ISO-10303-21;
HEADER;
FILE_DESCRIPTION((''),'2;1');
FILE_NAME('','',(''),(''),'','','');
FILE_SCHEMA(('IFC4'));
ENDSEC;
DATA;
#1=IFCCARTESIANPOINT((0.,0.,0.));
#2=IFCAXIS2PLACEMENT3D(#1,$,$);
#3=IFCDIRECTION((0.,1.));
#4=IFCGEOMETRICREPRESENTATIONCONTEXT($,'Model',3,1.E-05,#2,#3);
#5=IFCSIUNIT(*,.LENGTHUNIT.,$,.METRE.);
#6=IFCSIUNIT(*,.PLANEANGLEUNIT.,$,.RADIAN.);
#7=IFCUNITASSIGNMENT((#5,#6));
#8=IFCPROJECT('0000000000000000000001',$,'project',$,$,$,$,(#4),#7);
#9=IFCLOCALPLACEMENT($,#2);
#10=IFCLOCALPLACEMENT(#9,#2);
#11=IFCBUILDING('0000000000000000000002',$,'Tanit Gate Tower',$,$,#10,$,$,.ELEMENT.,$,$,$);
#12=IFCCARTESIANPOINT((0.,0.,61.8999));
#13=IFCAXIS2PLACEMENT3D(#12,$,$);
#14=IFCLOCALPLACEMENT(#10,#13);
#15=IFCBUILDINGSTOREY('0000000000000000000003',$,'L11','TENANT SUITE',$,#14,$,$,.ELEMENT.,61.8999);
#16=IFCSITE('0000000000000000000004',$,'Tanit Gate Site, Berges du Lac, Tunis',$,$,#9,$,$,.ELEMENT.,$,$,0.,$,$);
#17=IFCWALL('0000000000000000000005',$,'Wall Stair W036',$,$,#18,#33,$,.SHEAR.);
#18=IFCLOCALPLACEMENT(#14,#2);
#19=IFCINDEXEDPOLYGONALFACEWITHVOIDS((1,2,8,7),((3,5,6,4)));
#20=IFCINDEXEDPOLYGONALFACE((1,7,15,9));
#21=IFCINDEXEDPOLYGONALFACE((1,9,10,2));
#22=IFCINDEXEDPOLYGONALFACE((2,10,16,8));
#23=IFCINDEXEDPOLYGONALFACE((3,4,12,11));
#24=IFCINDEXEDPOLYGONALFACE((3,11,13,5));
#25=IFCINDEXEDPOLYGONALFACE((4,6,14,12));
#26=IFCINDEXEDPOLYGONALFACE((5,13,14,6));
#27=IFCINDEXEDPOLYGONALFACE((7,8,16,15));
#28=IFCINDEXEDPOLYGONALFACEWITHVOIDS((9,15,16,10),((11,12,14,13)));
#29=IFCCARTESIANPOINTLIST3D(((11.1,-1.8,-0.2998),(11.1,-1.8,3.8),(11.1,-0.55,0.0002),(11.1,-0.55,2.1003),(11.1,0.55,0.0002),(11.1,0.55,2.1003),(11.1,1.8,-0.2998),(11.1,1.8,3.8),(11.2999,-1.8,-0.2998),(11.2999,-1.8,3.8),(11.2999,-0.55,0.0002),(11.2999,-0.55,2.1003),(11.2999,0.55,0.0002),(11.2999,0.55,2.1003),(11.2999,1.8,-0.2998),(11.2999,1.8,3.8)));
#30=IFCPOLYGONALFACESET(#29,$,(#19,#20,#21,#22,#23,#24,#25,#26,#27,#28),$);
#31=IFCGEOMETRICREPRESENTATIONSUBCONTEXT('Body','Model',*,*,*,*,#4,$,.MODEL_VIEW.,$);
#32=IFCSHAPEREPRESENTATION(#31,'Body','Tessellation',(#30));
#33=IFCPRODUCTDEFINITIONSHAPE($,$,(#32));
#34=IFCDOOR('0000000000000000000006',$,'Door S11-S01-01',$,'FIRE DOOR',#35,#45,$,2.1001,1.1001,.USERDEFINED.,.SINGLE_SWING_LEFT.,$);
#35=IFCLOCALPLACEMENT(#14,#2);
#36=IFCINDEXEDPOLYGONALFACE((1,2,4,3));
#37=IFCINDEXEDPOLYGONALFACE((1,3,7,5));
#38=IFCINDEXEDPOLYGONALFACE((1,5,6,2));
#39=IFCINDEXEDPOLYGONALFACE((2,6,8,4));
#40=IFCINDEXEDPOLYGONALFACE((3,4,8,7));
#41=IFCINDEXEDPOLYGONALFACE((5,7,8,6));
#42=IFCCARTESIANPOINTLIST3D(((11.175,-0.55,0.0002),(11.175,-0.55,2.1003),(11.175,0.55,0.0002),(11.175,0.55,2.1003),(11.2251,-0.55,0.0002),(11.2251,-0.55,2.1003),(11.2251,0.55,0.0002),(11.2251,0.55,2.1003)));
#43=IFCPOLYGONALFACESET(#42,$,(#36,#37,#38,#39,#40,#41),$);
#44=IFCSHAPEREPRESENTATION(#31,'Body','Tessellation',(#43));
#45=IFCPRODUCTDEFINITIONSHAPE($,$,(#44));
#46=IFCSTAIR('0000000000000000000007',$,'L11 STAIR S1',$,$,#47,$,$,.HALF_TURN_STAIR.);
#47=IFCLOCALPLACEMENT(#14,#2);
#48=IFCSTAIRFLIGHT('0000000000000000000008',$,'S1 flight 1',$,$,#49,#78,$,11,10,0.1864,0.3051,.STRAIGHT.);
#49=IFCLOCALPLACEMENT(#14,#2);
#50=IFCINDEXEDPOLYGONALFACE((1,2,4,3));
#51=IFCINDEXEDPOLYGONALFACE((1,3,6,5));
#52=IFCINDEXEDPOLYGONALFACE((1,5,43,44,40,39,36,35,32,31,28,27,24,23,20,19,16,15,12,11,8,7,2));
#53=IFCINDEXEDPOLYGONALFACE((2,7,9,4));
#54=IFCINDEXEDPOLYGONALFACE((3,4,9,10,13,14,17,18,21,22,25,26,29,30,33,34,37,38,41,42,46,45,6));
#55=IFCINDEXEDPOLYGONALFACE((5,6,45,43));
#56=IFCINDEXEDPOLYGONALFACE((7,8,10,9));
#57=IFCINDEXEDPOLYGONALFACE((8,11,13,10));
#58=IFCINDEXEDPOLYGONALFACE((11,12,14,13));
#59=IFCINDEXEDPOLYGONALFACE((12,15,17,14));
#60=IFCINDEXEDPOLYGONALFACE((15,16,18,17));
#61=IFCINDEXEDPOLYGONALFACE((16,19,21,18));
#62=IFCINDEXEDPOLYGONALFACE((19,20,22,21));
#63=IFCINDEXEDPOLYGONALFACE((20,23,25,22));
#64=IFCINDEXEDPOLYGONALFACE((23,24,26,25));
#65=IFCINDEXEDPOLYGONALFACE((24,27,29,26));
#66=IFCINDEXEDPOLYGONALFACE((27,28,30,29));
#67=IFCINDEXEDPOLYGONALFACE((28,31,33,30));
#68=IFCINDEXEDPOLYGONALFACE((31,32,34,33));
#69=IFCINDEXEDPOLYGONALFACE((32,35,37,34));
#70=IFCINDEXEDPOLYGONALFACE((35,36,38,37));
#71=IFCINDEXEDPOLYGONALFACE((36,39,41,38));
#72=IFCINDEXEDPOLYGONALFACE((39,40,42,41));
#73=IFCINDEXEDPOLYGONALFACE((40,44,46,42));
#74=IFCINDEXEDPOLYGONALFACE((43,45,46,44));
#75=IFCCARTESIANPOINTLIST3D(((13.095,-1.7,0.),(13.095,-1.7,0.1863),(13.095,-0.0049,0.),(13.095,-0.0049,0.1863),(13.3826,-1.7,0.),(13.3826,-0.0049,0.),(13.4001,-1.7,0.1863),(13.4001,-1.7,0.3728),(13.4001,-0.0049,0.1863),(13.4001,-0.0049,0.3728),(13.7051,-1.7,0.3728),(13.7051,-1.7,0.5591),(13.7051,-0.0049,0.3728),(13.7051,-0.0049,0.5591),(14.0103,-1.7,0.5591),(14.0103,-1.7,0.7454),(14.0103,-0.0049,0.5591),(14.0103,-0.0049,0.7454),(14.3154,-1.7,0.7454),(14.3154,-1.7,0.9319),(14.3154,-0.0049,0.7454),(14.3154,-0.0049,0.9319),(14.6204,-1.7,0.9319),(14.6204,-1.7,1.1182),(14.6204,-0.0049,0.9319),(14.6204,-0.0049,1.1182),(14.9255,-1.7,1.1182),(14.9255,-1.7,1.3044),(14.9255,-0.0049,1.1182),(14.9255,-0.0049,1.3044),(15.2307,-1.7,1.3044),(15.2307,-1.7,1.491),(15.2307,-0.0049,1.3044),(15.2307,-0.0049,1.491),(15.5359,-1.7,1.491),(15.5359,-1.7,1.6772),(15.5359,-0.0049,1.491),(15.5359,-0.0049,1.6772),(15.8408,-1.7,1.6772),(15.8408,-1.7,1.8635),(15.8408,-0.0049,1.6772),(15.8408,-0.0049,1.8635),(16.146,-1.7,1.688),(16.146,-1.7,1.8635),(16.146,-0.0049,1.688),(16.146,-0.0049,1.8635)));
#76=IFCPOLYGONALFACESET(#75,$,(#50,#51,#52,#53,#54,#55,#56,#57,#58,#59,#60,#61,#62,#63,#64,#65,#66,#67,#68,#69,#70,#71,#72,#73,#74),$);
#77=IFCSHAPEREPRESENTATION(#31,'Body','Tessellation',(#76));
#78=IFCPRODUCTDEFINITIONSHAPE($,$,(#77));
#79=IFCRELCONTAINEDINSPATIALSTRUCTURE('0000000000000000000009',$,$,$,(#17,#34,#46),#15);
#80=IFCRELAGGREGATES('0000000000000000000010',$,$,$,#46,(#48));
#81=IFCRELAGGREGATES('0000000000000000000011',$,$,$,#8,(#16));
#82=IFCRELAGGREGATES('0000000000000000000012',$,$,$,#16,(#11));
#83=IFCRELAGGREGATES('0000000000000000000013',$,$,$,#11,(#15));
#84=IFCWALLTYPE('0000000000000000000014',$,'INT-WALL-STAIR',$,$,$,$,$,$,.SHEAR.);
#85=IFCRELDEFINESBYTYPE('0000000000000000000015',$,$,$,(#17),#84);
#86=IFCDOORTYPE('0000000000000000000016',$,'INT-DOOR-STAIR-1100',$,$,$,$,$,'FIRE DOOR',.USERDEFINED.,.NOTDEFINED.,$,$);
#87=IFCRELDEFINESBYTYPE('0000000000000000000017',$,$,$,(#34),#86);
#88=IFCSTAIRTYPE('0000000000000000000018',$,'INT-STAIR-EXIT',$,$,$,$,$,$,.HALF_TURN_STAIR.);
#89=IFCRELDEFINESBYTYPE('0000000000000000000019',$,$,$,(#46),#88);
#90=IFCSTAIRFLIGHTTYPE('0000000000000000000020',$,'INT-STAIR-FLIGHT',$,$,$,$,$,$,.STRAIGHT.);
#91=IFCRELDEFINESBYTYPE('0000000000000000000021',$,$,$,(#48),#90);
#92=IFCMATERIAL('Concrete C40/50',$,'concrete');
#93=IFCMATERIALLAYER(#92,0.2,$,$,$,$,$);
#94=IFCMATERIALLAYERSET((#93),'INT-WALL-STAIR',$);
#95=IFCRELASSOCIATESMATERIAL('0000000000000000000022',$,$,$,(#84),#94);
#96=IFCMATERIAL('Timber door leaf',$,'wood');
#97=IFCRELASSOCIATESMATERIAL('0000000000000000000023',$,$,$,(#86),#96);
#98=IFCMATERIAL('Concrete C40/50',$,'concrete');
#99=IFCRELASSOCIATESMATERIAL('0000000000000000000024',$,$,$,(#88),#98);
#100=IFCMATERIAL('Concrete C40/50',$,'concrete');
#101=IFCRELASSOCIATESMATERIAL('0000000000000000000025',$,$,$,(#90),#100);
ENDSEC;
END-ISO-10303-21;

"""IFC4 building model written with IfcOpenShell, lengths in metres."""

from ifc_helpers import new_model, si_unit, direction, frame, frame_2d, origin, place, context, subcontext, project, spatial, polyline, rectangle, outline, extrude, material, layer, layer_set, type_object, element, fill, aggregate, save


model = new_model("IFC4")

# Units and contexts
model_context = context("Model", 3, precision=1e-05, world=origin(), true_north=direction((0.0, 1.0)))
body_context = subcontext(model_context, "Body", "Model", "MODEL_VIEW")
ifc_project = project(units=[si_unit("LENGTHUNIT", "METRE"), si_unit("PLANEANGLEUNIT", "RADIAN")], contexts=[model_context])

# Site, building, storey
site_placement = place(None, origin())
site = spatial("IfcSite", under=ifc_project, at=site_placement, Name="Tanit Gate Site, Berges du Lac, Tunis", CompositionType="ELEMENT", RefElevation=0.0)
building_placement = place(site_placement, origin())
building = spatial("IfcBuilding", under=site, at=building_placement, Name="Tanit Gate Tower", CompositionType="ELEMENT")
storey_placement = place(building_placement, frame((0.0, 0.0, 61.8999)))
storey = spatial("IfcBuildingStorey", under=building, at=storey_placement, Name="L11", Description="TENANT SUITE", CompositionType="ELEMENT", Elevation=61.8999)

# Shared definitions
ifc_material_1 = material(Name="Concrete C40/50", Category="concrete")
ifc_layer_1 = layer(ifc_material_1, 0.2)
ifc_layer_set_1 = layer_set([ifc_layer_1], Name="INT-WALL-STAIR")
wall_type_1 = type_object("IfcWallType", Name="INT-WALL-STAIR", PredefinedType="SHEAR", material=ifc_layer_set_1)

# Wall, opening, door
wall_1_placement = place(storey_placement, frame((11.2, -1.8, -0.2998), z_axis=(0.0, 0.0, 1.0), x_axis=(0.0, 1.0, 0.0)))
wall_1 = element("IfcWall", 1, at=wall_1_placement, inside=storey, type_object=wall_type_1, Name="Wall Stair W036", PredefinedType="SHEAR", context=body_context, shape_type="SweptSolid", body=[
    extrude(rectangle(XDim=3.6001, YDim=0.2, at=frame_2d((1.8, 0.0))), origin(), (0.0, 0.0, 1.0), 4.0999),
])
opening_1_placement = place(wall_1_placement, frame((1.25, 0.0, 0.3)))
opening_1 = element("IfcOpeningElement", 2, at=opening_1_placement, cuts=wall_1, PredefinedType="OPENING", context=body_context, shape_type="SweptSolid", body=[
    extrude(rectangle(XDim=1.1001, YDim=2.1001, at=frame_2d((0.55, 1.05))), frame((0.0, 0.1099, 0.0), z_axis=(0.0, -1.0, 0.0), x_axis=(1.0, 0.0, 0.0)), (0.0, 0.0, 1.0), 0.22),
])
ifc_material_2 = material(Name="Timber door leaf", Category="wood")
door_type_1 = type_object("IfcDoorType", Name="INT-DOOR-STAIR-1100", ElementType="FIRE DOOR", OperationType="NOTDEFINED", PredefinedType="USERDEFINED", material=ifc_material_2)
door_1_placement = place(opening_1_placement, origin())
door_1 = element("IfcDoor", 3, at=door_1_placement, inside=storey, type_object=door_type_1, Name="Door S11-S01-01", ObjectType="FIRE DOOR", OperationType="SINGLE_SWING_LEFT", OverallHeight=2.1001, OverallWidth=1.1001, PredefinedType="USERDEFINED", context=body_context, shape_type="SweptSolid", body=[
    extrude(rectangle(XDim=1.1001, YDim=2.1001, at=frame_2d((0.55, 1.05))), frame((0.0, 0.0249, 0.0), z_axis=(0.0, -1.0, 0.0), x_axis=(1.0, 0.0, 0.0)), (0.0, 0.0, 1.0), 0.05),
])
fill(opening_1, door_1)

# Stair, stair flight
ifc_material_3 = material(Name="Concrete C40/50", Category="concrete")
stair_type = type_object("IfcStairType", Name="INT-STAIR-EXIT", PredefinedType="HALF_TURN_STAIR", material=ifc_material_3)
stair_placement = place(storey_placement, origin())
stair = element("IfcStair", 4, at=stair_placement, inside=storey, type_object=stair_type, Name="L11 STAIR S1", PredefinedType="HALF_TURN_STAIR")
ifc_material_4 = material(Name="Concrete C40/50", Category="concrete")
stair_flight_type = type_object("IfcStairFlightType", Name="INT-STAIR-FLIGHT", PredefinedType="STRAIGHT", material=ifc_material_4)
stair_flight_placement = place(storey_placement, frame((13.095, -0.8525, 0.0), z_axis=(0.0, 0.0, 1.0), x_axis=(1.0, 0.0, 0.0)))
stair_flight = element("IfcStairFlight", 5, at=stair_flight_placement, type_object=stair_flight_type, Name="S1 flight 1", NumberOfRisers=11, NumberOfTreads=10, PredefinedType="STRAIGHT", RiserHeight=0.1864, TreadLength=0.3051, context=body_context, shape_type="SweptSolid", body=[
    extrude(outline(polyline([(0.0, 0.0), (0.0, 0.1863), (0.3052, 0.1863), (0.3052, 0.3728), (0.6101, 0.3728), (0.6101, 0.5591), (0.9153, 0.5591), (0.9153, 0.7454), (1.2205, 0.7454), (1.2205, 0.9319), (1.5254, 0.9319), (1.5254, 1.1182), (1.8306, 1.1182), (1.8306, 1.3044), (2.1357, 1.3044), (2.1357, 1.491), (2.4409, 1.491), (2.4409, 1.6772), (2.7458, 1.6772), (2.7458, 1.8635), (3.051, 1.8635), (3.051, 2.05), (3.051, 1.688), (0.2876, 0.0), (0.0, 0.0)])), frame((0.0, 0.8477, 0.0), z_axis=(0.0, -1.0, 0.0), x_axis=(1.0, 0.0, 0.0)), (0.0, 0.0, 1.0), 1.6951),
])
aggregate(stair, [stair_flight])

save(model, "model.ifc")
